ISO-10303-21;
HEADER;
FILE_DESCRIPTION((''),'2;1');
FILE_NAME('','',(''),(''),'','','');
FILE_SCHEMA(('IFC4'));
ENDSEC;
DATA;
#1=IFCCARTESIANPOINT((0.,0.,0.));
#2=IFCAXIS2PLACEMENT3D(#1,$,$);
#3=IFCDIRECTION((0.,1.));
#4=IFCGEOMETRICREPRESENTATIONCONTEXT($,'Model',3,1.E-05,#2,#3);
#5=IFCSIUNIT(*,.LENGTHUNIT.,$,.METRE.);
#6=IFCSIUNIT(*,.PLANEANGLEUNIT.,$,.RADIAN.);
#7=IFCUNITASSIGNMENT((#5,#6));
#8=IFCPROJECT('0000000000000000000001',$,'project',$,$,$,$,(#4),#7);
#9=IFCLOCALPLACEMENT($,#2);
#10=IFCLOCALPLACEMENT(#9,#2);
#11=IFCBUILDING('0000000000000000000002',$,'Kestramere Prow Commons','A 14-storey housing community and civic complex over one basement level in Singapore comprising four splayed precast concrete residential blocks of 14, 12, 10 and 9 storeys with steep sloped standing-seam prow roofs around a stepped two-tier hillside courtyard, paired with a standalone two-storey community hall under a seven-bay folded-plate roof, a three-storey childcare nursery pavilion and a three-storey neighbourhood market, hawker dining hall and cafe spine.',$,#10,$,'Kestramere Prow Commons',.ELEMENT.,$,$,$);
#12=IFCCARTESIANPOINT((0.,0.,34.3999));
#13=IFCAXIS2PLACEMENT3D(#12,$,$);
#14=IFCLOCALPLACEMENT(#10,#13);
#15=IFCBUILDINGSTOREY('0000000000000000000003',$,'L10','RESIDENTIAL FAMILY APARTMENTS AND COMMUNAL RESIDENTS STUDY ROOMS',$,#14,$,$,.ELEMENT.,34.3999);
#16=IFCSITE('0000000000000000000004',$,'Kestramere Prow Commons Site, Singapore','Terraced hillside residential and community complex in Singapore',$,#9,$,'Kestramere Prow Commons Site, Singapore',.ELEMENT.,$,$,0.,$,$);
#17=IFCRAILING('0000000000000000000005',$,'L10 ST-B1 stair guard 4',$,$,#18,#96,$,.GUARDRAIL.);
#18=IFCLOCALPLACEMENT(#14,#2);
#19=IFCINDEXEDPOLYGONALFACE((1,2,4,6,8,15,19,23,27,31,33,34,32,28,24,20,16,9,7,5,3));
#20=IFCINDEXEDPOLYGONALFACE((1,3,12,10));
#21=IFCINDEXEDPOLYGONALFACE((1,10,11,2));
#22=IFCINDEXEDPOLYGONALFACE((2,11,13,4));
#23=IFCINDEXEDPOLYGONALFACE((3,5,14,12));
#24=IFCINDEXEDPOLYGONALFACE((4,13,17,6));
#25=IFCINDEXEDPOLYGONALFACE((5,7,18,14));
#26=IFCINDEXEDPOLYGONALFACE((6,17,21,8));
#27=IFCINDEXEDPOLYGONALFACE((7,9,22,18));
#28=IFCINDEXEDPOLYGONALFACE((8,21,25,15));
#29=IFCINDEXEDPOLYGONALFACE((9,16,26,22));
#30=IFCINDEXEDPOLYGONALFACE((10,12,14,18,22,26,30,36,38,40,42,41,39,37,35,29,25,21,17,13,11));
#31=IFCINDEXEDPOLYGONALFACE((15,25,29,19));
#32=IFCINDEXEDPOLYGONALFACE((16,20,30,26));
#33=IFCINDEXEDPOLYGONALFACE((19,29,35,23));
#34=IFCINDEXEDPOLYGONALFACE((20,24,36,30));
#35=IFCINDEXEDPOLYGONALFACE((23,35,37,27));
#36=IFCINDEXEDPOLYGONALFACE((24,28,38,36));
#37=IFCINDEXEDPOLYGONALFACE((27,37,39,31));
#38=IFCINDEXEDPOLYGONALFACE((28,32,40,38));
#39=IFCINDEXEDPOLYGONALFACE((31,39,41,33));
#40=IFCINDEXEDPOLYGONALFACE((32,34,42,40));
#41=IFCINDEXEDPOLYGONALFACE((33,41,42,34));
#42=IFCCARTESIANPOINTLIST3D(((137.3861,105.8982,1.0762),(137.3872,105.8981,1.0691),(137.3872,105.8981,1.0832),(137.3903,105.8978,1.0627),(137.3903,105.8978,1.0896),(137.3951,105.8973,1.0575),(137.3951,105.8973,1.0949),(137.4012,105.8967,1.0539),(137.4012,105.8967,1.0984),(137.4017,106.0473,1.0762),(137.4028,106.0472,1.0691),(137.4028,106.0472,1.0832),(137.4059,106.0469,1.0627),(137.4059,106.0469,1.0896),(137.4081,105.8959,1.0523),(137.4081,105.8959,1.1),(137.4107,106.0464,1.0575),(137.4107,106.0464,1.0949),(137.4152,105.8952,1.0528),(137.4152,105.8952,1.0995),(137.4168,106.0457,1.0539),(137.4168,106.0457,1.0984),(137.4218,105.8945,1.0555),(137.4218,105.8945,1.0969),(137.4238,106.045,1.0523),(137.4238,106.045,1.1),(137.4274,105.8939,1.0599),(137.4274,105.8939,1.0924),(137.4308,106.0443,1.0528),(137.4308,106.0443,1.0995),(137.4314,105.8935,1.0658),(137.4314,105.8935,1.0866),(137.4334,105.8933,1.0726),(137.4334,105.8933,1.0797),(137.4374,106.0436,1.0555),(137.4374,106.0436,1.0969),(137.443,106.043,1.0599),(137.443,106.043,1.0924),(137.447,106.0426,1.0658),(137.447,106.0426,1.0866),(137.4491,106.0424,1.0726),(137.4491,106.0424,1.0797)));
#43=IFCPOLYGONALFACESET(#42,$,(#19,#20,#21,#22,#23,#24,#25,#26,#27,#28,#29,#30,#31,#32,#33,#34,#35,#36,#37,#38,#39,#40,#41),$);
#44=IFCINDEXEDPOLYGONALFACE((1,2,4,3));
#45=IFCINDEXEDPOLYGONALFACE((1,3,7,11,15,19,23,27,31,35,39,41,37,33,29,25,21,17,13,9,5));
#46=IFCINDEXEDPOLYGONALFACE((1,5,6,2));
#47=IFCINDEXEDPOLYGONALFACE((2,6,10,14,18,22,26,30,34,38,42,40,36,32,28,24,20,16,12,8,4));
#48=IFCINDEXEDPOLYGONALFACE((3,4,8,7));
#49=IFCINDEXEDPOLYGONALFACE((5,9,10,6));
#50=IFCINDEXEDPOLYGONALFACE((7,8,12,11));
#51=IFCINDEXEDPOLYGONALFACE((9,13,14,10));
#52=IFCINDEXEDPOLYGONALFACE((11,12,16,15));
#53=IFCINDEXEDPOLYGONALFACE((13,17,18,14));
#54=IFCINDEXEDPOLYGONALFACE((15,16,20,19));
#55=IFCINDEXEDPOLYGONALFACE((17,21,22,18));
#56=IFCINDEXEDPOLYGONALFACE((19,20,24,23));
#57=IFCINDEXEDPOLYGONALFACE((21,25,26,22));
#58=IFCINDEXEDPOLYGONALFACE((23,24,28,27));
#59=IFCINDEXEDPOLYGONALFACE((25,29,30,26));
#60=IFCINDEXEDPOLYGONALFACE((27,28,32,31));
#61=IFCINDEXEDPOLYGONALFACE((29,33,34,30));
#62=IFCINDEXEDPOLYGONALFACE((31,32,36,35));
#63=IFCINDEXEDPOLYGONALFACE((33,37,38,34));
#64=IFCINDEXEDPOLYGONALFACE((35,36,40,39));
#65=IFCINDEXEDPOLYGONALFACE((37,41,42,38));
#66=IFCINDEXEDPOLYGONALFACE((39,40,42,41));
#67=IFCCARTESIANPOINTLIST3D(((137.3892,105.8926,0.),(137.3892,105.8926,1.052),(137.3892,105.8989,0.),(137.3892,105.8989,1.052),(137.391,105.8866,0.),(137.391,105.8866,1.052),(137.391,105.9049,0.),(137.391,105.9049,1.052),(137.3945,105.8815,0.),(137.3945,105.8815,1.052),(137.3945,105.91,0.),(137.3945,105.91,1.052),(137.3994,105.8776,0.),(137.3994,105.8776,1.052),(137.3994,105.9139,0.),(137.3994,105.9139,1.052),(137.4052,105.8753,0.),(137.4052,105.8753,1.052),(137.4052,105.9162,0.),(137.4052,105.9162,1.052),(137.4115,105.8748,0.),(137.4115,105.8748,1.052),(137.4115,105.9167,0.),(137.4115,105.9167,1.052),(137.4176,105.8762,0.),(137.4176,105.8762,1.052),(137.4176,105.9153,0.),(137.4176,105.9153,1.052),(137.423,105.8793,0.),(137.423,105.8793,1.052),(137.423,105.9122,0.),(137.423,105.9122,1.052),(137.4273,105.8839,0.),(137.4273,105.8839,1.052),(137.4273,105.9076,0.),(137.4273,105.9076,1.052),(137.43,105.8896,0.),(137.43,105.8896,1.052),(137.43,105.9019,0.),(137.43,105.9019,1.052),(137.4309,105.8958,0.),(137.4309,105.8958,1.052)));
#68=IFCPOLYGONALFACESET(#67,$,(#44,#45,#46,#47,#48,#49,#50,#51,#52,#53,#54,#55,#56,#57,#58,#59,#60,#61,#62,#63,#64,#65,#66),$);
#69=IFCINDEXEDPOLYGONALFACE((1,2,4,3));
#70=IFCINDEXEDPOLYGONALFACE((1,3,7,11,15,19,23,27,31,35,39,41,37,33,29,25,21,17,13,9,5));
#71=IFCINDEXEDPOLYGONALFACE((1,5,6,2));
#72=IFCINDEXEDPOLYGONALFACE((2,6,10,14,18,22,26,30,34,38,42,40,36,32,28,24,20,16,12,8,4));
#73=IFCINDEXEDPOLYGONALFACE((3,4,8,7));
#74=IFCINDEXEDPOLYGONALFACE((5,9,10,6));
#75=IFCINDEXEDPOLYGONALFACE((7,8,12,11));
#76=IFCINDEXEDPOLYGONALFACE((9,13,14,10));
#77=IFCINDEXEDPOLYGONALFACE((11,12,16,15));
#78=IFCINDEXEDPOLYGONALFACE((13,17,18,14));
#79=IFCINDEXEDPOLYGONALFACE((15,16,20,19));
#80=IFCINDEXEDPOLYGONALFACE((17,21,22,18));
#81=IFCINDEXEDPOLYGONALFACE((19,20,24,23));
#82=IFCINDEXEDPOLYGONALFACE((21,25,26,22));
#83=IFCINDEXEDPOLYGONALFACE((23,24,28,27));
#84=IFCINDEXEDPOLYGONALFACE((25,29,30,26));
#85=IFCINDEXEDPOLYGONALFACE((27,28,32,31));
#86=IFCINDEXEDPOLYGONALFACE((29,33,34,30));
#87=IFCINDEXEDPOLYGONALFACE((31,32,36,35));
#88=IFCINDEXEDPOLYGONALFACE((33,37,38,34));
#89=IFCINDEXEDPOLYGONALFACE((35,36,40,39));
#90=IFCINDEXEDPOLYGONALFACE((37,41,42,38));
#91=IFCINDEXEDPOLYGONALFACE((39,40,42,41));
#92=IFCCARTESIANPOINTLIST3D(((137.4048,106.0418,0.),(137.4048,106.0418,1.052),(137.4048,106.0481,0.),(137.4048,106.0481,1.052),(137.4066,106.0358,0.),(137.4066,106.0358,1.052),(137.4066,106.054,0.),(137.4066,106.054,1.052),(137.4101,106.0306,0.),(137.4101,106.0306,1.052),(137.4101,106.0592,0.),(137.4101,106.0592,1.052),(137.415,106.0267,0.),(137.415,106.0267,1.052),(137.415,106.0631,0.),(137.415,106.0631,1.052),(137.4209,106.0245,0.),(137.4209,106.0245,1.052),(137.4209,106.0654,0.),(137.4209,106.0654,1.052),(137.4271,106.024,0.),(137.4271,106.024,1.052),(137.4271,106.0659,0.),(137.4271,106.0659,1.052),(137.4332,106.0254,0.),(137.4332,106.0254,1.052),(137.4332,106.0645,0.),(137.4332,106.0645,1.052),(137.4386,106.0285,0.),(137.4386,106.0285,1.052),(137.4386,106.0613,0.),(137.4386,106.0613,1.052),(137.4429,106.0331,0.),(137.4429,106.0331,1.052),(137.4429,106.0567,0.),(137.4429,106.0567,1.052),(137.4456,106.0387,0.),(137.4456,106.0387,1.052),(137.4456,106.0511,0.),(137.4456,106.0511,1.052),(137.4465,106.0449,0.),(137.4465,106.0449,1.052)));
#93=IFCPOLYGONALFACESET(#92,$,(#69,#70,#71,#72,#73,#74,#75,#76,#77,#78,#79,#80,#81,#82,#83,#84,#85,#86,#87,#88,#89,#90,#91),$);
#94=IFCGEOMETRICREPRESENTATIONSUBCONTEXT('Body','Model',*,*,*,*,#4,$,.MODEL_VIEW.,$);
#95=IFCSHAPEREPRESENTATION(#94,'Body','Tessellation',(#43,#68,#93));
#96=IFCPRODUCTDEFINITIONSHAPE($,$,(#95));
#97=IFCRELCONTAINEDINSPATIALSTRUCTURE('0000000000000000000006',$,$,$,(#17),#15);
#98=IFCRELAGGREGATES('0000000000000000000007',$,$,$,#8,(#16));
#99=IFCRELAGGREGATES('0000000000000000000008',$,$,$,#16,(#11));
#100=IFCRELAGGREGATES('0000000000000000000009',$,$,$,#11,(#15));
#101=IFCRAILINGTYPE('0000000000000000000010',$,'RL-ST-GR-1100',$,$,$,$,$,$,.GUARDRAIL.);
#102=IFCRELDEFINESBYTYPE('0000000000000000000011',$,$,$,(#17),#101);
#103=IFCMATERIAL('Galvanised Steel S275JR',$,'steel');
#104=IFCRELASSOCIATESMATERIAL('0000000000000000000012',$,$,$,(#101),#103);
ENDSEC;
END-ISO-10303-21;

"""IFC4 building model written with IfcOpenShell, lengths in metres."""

from ifc_helpers import new_model, si_unit, direction, frame, origin, origin_2d, place, context, subcontext, project, spatial, circle, extrude, material, type_object, element, save


model = new_model("IFC4")

# Units and contexts
model_context = context("Model", 3, precision=1e-05, world=origin(), true_north=direction((0.0, 1.0)))
body_context = subcontext(model_context, "Body", "Model", "MODEL_VIEW")
ifc_project = project(units=[si_unit("LENGTHUNIT", "METRE"), si_unit("PLANEANGLEUNIT", "RADIAN")], contexts=[model_context])

# Site, building, storey
site_placement = place(None, origin())
site = spatial("IfcSite", under=ifc_project, at=site_placement, Name="Kestramere Prow Commons Site, Singapore", Description="Terraced hillside residential and community complex in Singapore", LongName="Kestramere Prow Commons Site, Singapore", CompositionType="ELEMENT", RefElevation=0.0)
building_placement = place(site_placement, origin())
building = spatial("IfcBuilding", under=site, at=building_placement, Name="Kestramere Prow Commons", Description="A 14-storey housing community and civic complex over one basement level in Singapore comprising four splayed precast concrete residential blocks of 14, 12, 10 and 9 storeys with steep sloped standing-seam prow roofs around a stepped two-tier hillside courtyard, paired with a standalone two-storey community hall under a seven-bay folded-plate roof, a three-storey childcare nursery pavilion and a three-storey neighbourhood market, hawker dining hall and cafe spine.", LongName="Kestramere Prow Commons", CompositionType="ELEMENT")
storey_placement = place(building_placement, frame((0.0, 0.0, 34.3999)))
storey = spatial("IfcBuildingStorey", under=building, at=storey_placement, Name="L10", Description="RESIDENTIAL FAMILY APARTMENTS AND COMMUNAL RESIDENTS STUDY ROOMS", CompositionType="ELEMENT", Elevation=34.3999)

# Railing
ifc_material_1 = material(Name="Galvanised Steel S275JR", Category="steel")
railing_type = type_object("IfcRailingType", Name="RL-ST-GR-1100", PredefinedType="GUARDRAIL", material=ifc_material_1)
railing_1_placement = place(storey_placement, frame((137.4099, 105.8958, 0.0)))
element("IfcRailing", 1, at=railing_1_placement, inside=storey, type_object=railing_type, Name="L10 ST-B1 stair guard 4", PredefinedType="GUARDRAIL", context=body_context, shape_type="SweptSolid", body=[
    extrude(circle(Radius=0.0239, at=origin_2d()), frame((0.0, 0.0, 1.0762), z_axis=(0.104176, 0.994559, 0.0), x_axis=(-0.994559, 0.104176, 0.0)), (0.0, 0.0, 1.0), 0.1499),
    extrude(circle(Radius=0.021, at=origin_2d()), origin(), (0.0, 0.0, 1.0), 1.052),
    extrude(circle(Radius=0.021, at=origin_2d()), frame((0.0156, 0.1492, 0.0)), (0.0, 0.0, 1.0), 1.052),
])

save(model, "model.ifc")
